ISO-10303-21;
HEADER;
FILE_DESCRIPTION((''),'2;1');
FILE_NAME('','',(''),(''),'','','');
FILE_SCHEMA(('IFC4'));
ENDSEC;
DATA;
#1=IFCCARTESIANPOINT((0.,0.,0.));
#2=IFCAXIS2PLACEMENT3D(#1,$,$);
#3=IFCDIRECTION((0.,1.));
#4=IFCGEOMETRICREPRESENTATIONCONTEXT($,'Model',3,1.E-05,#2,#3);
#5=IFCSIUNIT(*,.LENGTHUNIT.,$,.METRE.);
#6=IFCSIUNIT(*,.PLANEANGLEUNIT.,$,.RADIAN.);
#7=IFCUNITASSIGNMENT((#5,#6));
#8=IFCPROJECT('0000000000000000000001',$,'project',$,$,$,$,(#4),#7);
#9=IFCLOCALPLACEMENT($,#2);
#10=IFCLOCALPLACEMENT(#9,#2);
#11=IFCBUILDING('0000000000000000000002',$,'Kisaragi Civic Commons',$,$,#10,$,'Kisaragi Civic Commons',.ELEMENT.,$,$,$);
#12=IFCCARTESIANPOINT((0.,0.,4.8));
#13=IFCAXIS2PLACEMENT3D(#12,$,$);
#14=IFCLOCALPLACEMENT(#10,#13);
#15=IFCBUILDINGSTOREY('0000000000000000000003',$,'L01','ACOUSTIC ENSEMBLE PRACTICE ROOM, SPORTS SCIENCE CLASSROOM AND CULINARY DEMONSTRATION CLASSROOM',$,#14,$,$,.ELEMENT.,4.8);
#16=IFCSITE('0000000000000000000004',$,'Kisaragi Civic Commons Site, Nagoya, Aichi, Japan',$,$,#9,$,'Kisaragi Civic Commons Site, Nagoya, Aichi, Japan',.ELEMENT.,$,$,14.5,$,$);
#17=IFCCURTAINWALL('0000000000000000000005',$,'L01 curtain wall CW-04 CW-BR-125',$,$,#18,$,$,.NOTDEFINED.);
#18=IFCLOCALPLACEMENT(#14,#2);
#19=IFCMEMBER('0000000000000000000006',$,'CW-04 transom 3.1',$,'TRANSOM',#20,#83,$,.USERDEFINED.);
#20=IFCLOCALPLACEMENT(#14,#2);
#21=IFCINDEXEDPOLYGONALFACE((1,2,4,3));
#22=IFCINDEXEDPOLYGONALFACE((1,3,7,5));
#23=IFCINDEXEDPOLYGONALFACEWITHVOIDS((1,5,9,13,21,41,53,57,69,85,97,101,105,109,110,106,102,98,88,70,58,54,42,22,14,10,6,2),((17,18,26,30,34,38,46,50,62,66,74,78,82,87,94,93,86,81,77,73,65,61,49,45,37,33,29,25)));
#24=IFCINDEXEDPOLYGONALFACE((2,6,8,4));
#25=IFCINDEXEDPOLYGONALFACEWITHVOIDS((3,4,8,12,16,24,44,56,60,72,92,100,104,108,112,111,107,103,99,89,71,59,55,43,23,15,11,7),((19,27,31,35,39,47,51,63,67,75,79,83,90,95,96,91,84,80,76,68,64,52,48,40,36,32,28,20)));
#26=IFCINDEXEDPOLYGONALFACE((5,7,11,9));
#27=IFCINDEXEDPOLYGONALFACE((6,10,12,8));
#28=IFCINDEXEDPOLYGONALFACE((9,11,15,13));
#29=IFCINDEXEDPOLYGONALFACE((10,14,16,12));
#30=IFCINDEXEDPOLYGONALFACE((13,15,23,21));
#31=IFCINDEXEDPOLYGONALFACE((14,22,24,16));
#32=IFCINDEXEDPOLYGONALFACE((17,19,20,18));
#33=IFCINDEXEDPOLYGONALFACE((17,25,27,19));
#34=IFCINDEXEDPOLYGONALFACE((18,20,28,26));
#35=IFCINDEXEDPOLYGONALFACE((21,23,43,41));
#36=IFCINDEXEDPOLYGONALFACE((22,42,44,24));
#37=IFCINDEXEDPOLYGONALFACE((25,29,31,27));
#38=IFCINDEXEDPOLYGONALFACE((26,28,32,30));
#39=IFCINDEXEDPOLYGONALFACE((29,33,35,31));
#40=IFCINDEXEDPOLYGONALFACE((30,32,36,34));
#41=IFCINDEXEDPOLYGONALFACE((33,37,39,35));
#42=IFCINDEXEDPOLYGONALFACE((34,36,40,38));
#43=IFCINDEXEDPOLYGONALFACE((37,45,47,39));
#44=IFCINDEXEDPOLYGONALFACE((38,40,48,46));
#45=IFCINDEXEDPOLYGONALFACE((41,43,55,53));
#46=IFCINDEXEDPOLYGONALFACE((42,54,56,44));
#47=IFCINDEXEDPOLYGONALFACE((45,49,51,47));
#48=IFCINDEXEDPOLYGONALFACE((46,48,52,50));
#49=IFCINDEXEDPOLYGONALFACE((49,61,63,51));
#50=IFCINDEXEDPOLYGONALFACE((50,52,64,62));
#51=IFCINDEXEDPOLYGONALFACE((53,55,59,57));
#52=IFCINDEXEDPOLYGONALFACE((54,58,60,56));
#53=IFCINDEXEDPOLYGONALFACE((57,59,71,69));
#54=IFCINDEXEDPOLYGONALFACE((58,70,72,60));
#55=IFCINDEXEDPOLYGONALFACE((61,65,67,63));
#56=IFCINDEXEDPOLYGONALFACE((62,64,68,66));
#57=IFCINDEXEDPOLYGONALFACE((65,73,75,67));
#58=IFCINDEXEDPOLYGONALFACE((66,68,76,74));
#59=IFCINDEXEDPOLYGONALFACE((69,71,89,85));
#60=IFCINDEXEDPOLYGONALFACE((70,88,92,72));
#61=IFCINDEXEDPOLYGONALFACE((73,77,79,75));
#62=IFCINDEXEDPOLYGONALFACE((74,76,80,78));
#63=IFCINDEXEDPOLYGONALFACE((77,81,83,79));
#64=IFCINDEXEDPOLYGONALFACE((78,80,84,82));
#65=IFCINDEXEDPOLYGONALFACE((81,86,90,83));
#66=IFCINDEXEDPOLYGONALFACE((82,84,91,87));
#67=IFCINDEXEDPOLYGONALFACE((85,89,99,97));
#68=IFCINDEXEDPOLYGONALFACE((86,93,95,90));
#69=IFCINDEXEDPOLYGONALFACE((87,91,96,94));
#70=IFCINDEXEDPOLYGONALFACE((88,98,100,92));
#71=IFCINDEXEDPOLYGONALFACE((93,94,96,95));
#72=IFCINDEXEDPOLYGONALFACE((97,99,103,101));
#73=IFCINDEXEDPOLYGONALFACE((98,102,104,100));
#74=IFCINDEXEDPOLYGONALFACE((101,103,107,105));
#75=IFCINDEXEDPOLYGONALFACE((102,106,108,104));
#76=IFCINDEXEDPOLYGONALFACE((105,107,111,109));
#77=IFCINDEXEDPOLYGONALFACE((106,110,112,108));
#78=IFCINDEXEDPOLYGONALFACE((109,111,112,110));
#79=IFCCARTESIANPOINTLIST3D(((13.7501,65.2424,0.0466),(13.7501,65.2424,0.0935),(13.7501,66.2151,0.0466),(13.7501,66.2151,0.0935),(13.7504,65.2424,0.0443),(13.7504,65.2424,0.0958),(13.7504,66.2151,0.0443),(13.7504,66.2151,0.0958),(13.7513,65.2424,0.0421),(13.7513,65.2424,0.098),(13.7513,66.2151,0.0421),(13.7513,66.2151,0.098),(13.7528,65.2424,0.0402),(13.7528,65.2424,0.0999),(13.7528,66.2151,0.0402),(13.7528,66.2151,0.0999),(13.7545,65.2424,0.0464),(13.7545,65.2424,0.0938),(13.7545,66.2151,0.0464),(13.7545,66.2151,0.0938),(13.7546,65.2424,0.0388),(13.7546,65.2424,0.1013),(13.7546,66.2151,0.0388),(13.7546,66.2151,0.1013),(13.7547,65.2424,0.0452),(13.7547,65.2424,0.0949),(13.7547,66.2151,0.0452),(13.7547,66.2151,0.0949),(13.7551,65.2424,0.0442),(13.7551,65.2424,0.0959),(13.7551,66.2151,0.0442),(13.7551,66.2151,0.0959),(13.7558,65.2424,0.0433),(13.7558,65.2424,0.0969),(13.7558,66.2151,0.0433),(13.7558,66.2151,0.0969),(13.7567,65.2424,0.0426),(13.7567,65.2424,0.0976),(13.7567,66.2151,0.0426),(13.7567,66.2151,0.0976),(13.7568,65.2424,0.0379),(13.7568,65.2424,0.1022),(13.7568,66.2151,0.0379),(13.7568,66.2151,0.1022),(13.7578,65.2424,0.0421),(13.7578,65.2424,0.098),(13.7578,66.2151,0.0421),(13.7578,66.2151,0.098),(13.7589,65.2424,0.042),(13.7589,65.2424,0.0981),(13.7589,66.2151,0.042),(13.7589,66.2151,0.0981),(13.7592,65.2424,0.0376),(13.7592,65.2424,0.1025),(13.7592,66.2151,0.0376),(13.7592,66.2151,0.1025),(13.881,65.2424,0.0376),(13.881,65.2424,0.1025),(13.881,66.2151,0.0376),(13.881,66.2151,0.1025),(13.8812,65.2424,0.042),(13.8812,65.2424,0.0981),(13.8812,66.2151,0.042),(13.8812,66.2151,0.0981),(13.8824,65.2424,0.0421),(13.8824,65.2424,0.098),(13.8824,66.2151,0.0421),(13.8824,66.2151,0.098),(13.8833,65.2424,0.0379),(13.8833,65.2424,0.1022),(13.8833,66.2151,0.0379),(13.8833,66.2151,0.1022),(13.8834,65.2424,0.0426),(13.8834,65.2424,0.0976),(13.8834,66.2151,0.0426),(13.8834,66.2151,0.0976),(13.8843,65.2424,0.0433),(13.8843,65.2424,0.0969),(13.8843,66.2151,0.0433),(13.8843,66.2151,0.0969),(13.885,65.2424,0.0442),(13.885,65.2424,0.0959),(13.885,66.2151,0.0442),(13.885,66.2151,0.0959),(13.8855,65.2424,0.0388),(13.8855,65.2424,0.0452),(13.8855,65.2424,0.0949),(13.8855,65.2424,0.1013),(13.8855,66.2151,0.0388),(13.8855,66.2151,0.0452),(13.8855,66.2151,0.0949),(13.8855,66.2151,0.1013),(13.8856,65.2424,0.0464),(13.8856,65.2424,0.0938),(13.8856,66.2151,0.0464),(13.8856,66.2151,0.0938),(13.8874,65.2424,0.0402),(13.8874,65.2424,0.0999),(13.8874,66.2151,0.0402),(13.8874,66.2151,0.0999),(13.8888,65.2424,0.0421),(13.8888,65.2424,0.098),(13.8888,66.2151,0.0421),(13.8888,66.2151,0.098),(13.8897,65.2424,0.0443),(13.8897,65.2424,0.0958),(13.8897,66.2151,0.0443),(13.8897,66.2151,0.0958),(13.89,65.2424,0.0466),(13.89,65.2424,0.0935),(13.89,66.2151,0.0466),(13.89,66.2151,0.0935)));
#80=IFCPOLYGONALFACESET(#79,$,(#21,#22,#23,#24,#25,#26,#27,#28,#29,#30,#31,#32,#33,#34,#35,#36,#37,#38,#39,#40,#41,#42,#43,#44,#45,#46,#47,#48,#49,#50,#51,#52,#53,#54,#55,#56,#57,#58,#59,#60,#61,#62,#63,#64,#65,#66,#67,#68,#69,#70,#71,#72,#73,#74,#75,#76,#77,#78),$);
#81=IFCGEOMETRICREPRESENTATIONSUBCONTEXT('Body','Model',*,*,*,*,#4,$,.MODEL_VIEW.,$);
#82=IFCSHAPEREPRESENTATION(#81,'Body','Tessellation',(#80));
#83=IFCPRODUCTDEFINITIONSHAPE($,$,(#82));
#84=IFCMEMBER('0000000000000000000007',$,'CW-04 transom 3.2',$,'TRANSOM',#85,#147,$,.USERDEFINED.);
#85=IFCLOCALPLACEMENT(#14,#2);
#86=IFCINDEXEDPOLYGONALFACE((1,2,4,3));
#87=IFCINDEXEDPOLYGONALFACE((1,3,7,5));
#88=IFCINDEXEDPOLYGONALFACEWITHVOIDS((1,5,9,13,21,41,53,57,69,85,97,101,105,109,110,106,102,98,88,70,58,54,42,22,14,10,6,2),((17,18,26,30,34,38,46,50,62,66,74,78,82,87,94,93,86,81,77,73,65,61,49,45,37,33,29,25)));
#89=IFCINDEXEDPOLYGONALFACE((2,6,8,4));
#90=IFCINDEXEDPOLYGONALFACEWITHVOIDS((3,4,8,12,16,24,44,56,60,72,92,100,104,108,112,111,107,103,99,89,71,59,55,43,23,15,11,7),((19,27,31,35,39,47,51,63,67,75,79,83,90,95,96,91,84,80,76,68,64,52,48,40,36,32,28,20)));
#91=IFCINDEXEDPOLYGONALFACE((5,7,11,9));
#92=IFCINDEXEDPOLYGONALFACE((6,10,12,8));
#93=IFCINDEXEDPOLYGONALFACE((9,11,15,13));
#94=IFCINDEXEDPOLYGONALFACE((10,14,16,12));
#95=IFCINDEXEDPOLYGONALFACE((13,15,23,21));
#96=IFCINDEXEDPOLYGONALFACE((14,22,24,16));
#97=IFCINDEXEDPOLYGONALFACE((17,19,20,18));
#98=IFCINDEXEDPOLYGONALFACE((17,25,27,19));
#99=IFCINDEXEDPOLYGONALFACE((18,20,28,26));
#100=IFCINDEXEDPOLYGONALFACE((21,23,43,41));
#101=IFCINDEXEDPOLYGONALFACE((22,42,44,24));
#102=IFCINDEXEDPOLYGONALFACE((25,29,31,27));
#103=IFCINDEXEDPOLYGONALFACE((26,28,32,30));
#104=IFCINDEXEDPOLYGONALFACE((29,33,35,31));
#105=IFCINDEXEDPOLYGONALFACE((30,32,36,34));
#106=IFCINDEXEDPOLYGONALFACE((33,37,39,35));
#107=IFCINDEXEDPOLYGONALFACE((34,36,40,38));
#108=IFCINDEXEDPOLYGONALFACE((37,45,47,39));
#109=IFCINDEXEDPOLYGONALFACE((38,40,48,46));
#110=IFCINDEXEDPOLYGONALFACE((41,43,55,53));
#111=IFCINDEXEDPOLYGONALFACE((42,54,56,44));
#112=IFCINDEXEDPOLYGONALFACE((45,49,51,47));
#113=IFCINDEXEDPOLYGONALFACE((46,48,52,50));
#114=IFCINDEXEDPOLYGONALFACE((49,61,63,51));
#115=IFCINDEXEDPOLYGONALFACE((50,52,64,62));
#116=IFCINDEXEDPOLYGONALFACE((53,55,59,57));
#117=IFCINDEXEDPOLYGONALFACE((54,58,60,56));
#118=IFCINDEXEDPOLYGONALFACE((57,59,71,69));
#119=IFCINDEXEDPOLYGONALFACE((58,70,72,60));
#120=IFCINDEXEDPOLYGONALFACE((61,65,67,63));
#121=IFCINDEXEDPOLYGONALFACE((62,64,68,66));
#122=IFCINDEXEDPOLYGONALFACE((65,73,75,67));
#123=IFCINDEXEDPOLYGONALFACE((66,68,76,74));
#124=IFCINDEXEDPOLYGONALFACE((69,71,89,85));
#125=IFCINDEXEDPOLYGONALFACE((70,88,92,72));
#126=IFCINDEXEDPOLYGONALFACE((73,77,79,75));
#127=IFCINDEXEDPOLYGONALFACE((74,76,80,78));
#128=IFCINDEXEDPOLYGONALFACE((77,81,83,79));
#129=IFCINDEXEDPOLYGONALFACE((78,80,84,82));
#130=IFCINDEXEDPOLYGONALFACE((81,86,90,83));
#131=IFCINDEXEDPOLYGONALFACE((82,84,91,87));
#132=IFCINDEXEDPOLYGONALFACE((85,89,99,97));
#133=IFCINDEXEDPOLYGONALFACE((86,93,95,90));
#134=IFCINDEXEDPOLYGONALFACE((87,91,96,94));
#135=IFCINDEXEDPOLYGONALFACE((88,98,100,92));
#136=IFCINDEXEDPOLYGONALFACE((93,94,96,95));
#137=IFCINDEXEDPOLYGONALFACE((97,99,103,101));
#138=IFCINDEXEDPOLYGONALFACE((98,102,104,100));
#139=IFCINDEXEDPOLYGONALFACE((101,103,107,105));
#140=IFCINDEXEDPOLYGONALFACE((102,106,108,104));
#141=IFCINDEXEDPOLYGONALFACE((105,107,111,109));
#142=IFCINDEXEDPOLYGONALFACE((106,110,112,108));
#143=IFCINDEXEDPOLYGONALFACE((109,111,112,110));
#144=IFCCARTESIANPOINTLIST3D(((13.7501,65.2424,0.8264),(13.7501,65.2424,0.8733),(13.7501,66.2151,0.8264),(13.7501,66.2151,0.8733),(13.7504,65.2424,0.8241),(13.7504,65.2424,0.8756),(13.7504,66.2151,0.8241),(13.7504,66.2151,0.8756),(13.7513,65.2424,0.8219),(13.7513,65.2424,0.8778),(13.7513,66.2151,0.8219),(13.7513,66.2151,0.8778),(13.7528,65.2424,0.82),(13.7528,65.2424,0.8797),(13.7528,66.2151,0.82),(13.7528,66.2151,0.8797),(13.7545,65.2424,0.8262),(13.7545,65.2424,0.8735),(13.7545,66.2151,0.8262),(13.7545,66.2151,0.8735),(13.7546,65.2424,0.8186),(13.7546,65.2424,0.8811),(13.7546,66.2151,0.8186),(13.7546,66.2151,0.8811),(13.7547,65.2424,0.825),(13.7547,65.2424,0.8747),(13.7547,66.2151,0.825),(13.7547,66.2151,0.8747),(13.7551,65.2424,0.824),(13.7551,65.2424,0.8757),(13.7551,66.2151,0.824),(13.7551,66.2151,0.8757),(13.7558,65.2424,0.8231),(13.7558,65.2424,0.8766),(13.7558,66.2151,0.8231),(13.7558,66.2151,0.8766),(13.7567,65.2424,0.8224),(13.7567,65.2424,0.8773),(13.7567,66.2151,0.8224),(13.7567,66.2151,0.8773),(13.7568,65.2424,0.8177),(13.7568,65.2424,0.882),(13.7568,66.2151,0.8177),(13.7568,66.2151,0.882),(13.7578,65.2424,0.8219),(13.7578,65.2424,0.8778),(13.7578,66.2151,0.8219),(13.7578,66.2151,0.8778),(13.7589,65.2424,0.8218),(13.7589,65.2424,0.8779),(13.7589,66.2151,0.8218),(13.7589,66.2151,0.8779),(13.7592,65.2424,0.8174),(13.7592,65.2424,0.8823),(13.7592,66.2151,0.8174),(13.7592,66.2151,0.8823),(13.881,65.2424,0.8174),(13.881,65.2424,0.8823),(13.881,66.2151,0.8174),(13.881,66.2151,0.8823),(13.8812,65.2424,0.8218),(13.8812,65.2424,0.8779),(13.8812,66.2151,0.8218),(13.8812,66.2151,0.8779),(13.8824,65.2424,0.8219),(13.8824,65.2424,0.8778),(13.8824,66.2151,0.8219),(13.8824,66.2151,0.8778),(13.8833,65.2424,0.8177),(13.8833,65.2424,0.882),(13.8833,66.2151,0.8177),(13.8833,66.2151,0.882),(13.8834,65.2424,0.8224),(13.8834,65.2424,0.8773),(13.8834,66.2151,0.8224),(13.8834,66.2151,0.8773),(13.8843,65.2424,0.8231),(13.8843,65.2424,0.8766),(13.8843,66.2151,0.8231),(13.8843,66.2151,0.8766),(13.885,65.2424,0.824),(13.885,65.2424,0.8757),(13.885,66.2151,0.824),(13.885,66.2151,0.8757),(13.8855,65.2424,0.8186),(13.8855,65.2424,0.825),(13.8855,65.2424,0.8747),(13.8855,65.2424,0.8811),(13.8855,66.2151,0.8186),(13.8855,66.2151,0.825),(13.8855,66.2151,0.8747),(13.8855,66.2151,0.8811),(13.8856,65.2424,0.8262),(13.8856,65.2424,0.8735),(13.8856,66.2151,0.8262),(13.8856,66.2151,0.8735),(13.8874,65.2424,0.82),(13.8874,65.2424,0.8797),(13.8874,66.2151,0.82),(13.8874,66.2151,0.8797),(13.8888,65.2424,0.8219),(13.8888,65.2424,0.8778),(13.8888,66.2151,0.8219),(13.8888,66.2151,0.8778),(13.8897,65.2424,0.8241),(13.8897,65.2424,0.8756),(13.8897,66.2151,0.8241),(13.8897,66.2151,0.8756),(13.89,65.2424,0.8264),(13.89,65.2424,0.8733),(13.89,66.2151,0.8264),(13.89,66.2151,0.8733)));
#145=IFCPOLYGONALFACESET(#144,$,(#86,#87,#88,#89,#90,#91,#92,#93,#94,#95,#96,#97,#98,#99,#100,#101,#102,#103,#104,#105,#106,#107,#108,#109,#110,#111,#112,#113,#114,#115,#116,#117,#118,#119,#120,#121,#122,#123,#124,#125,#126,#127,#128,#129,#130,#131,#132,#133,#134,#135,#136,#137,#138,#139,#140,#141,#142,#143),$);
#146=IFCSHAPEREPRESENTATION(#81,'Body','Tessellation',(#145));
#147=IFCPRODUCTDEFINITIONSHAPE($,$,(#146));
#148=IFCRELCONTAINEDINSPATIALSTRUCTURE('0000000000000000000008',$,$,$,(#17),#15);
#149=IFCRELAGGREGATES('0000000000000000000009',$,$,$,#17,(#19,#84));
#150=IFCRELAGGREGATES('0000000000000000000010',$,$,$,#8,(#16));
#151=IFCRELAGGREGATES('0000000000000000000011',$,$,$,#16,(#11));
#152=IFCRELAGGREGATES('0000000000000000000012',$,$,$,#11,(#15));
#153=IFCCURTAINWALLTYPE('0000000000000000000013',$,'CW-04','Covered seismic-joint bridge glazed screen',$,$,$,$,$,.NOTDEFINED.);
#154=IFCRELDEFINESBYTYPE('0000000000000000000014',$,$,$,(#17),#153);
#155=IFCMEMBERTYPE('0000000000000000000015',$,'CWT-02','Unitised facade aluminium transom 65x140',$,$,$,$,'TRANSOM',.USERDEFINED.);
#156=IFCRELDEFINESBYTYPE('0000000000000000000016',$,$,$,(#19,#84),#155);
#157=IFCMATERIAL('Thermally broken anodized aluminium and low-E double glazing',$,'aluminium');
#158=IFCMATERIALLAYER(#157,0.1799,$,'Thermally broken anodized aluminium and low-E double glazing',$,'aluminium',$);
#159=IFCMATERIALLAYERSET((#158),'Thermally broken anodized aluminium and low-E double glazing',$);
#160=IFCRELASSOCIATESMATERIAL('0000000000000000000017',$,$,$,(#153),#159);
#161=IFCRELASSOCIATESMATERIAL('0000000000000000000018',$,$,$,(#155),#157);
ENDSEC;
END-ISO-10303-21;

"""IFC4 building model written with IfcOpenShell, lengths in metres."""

from ifc_helpers import new_model, si_unit, direction, frame, origin, origin_2d, place, context, subcontext, project, spatial, hollow_rectangle, extrude, material, layer, layer_set, material_profile, profile_set, type_object, element, aggregate, save


model = new_model("IFC4")

# Units and contexts
model_context = context("Model", 3, precision=1e-05, world=origin(), true_north=direction((0.0, 1.0)))
body_context = subcontext(model_context, "Body", "Model", "MODEL_VIEW")
ifc_project = project(units=[si_unit("LENGTHUNIT", "METRE"), si_unit("PLANEANGLEUNIT", "RADIAN")], contexts=[model_context])

# Site, building, storey
site_placement = place(None, origin())
site = spatial("IfcSite", under=ifc_project, at=site_placement, Name="Kisaragi Civic Commons Site, Nagoya, Aichi, Japan", LongName="Kisaragi Civic Commons Site, Nagoya, Aichi, Japan", CompositionType="ELEMENT", RefElevation=14.5)
building_placement = place(site_placement, origin())
building = spatial("IfcBuilding", under=site, at=building_placement, Name="Kisaragi Civic Commons", LongName="Kisaragi Civic Commons", CompositionType="ELEMENT")
storey_placement = place(building_placement, frame((0.0, 0.0, 4.8)))
storey = spatial("IfcBuildingStorey", under=building, at=storey_placement, Name="L01", Description="ACOUSTIC ENSEMBLE PRACTICE ROOM, SPORTS SCIENCE CLASSROOM AND CULINARY DEMONSTRATION CLASSROOM", CompositionType="ELEMENT", Elevation=4.8)

# Curtain wall
ifc_material_1 = material(Name="Thermally broken anodized aluminium and low-E double glazing", Category="aluminium")
ifc_layer_1 = layer(ifc_material_1, 0.1799, Name="Thermally broken anodized aluminium and low-E double glazing", Category="aluminium")
ifc_layer_set_1 = layer_set([ifc_layer_1], Name="Thermally broken anodized aluminium and low-E double glazing")
curtain_wall_type = type_object("IfcCurtainWallType", Name="CW-04", Description="Covered seismic-joint bridge glazed screen", PredefinedType="NOTDEFINED", material=ifc_layer_set_1)
curtain_wall_1_placement = place(storey_placement, origin())
curtain_wall_1 = element("IfcCurtainWall", 1, at=curtain_wall_1_placement, inside=storey, type_object=curtain_wall_type, Name="L01 curtain wall CW-04 CW-BR-125", PredefinedType="NOTDEFINED")

# Members
ifc_material_profile_1 = material_profile(ifc_material_1, hollow_rectangle(XDim=0.1399, YDim=0.0649, WallThickness=0.0044, InnerFilletRadius=0.0044, OuterFilletRadius=0.009, at=origin_2d()), Name="CWT-65x140x4.5", Category="aluminium")
ifc_profile_set_1 = profile_set([ifc_material_profile_1], Name="Thermally broken anodized aluminium and low-E double glazing")
member_type_1 = type_object("IfcMemberType", Name="CWT-02", Description="Unitised facade aluminium transom 65x140", ElementType="TRANSOM", PredefinedType="USERDEFINED", material=ifc_profile_set_1)
member_1_placement = place(storey_placement, frame((13.8201, 65.2424, 0.0701), z_axis=(0.0, 1.0, 0.0), x_axis=(-1.0, 0.0, 0.0)))
member_1 = element("IfcMember", 2, at=member_1_placement, type_object=member_type_1, Name="CW-04 transom 3.1", ObjectType="TRANSOM", PredefinedType="USERDEFINED", context=body_context, shape_type="SweptSolid", body=[
    extrude(hollow_rectangle(XDim=0.1399, YDim=0.0649, WallThickness=0.0044, InnerFilletRadius=0.0044, OuterFilletRadius=0.009, at=origin_2d()), origin(), (0.0, 0.0, 1.0), 0.9727),
])
member_2_placement = place(storey_placement, frame((13.8201, 65.2424, 0.8499), z_axis=(0.0, 1.0, 0.0), x_axis=(-1.0, 0.0, 0.0)))
member_2 = element("IfcMember", 3, at=member_2_placement, type_object=member_type_1, Name="CW-04 transom 3.2", ObjectType="TRANSOM", PredefinedType="USERDEFINED", context=body_context, shape_type="SweptSolid", body=[
    extrude(hollow_rectangle(XDim=0.1399, YDim=0.0649, WallThickness=0.0044, InnerFilletRadius=0.0044, OuterFilletRadius=0.009, at=origin_2d()), origin(), (0.0, 0.0, 1.0), 0.9727),
])

aggregate(curtain_wall_1, [member_1, member_2])

save(model, "model.ifc")
